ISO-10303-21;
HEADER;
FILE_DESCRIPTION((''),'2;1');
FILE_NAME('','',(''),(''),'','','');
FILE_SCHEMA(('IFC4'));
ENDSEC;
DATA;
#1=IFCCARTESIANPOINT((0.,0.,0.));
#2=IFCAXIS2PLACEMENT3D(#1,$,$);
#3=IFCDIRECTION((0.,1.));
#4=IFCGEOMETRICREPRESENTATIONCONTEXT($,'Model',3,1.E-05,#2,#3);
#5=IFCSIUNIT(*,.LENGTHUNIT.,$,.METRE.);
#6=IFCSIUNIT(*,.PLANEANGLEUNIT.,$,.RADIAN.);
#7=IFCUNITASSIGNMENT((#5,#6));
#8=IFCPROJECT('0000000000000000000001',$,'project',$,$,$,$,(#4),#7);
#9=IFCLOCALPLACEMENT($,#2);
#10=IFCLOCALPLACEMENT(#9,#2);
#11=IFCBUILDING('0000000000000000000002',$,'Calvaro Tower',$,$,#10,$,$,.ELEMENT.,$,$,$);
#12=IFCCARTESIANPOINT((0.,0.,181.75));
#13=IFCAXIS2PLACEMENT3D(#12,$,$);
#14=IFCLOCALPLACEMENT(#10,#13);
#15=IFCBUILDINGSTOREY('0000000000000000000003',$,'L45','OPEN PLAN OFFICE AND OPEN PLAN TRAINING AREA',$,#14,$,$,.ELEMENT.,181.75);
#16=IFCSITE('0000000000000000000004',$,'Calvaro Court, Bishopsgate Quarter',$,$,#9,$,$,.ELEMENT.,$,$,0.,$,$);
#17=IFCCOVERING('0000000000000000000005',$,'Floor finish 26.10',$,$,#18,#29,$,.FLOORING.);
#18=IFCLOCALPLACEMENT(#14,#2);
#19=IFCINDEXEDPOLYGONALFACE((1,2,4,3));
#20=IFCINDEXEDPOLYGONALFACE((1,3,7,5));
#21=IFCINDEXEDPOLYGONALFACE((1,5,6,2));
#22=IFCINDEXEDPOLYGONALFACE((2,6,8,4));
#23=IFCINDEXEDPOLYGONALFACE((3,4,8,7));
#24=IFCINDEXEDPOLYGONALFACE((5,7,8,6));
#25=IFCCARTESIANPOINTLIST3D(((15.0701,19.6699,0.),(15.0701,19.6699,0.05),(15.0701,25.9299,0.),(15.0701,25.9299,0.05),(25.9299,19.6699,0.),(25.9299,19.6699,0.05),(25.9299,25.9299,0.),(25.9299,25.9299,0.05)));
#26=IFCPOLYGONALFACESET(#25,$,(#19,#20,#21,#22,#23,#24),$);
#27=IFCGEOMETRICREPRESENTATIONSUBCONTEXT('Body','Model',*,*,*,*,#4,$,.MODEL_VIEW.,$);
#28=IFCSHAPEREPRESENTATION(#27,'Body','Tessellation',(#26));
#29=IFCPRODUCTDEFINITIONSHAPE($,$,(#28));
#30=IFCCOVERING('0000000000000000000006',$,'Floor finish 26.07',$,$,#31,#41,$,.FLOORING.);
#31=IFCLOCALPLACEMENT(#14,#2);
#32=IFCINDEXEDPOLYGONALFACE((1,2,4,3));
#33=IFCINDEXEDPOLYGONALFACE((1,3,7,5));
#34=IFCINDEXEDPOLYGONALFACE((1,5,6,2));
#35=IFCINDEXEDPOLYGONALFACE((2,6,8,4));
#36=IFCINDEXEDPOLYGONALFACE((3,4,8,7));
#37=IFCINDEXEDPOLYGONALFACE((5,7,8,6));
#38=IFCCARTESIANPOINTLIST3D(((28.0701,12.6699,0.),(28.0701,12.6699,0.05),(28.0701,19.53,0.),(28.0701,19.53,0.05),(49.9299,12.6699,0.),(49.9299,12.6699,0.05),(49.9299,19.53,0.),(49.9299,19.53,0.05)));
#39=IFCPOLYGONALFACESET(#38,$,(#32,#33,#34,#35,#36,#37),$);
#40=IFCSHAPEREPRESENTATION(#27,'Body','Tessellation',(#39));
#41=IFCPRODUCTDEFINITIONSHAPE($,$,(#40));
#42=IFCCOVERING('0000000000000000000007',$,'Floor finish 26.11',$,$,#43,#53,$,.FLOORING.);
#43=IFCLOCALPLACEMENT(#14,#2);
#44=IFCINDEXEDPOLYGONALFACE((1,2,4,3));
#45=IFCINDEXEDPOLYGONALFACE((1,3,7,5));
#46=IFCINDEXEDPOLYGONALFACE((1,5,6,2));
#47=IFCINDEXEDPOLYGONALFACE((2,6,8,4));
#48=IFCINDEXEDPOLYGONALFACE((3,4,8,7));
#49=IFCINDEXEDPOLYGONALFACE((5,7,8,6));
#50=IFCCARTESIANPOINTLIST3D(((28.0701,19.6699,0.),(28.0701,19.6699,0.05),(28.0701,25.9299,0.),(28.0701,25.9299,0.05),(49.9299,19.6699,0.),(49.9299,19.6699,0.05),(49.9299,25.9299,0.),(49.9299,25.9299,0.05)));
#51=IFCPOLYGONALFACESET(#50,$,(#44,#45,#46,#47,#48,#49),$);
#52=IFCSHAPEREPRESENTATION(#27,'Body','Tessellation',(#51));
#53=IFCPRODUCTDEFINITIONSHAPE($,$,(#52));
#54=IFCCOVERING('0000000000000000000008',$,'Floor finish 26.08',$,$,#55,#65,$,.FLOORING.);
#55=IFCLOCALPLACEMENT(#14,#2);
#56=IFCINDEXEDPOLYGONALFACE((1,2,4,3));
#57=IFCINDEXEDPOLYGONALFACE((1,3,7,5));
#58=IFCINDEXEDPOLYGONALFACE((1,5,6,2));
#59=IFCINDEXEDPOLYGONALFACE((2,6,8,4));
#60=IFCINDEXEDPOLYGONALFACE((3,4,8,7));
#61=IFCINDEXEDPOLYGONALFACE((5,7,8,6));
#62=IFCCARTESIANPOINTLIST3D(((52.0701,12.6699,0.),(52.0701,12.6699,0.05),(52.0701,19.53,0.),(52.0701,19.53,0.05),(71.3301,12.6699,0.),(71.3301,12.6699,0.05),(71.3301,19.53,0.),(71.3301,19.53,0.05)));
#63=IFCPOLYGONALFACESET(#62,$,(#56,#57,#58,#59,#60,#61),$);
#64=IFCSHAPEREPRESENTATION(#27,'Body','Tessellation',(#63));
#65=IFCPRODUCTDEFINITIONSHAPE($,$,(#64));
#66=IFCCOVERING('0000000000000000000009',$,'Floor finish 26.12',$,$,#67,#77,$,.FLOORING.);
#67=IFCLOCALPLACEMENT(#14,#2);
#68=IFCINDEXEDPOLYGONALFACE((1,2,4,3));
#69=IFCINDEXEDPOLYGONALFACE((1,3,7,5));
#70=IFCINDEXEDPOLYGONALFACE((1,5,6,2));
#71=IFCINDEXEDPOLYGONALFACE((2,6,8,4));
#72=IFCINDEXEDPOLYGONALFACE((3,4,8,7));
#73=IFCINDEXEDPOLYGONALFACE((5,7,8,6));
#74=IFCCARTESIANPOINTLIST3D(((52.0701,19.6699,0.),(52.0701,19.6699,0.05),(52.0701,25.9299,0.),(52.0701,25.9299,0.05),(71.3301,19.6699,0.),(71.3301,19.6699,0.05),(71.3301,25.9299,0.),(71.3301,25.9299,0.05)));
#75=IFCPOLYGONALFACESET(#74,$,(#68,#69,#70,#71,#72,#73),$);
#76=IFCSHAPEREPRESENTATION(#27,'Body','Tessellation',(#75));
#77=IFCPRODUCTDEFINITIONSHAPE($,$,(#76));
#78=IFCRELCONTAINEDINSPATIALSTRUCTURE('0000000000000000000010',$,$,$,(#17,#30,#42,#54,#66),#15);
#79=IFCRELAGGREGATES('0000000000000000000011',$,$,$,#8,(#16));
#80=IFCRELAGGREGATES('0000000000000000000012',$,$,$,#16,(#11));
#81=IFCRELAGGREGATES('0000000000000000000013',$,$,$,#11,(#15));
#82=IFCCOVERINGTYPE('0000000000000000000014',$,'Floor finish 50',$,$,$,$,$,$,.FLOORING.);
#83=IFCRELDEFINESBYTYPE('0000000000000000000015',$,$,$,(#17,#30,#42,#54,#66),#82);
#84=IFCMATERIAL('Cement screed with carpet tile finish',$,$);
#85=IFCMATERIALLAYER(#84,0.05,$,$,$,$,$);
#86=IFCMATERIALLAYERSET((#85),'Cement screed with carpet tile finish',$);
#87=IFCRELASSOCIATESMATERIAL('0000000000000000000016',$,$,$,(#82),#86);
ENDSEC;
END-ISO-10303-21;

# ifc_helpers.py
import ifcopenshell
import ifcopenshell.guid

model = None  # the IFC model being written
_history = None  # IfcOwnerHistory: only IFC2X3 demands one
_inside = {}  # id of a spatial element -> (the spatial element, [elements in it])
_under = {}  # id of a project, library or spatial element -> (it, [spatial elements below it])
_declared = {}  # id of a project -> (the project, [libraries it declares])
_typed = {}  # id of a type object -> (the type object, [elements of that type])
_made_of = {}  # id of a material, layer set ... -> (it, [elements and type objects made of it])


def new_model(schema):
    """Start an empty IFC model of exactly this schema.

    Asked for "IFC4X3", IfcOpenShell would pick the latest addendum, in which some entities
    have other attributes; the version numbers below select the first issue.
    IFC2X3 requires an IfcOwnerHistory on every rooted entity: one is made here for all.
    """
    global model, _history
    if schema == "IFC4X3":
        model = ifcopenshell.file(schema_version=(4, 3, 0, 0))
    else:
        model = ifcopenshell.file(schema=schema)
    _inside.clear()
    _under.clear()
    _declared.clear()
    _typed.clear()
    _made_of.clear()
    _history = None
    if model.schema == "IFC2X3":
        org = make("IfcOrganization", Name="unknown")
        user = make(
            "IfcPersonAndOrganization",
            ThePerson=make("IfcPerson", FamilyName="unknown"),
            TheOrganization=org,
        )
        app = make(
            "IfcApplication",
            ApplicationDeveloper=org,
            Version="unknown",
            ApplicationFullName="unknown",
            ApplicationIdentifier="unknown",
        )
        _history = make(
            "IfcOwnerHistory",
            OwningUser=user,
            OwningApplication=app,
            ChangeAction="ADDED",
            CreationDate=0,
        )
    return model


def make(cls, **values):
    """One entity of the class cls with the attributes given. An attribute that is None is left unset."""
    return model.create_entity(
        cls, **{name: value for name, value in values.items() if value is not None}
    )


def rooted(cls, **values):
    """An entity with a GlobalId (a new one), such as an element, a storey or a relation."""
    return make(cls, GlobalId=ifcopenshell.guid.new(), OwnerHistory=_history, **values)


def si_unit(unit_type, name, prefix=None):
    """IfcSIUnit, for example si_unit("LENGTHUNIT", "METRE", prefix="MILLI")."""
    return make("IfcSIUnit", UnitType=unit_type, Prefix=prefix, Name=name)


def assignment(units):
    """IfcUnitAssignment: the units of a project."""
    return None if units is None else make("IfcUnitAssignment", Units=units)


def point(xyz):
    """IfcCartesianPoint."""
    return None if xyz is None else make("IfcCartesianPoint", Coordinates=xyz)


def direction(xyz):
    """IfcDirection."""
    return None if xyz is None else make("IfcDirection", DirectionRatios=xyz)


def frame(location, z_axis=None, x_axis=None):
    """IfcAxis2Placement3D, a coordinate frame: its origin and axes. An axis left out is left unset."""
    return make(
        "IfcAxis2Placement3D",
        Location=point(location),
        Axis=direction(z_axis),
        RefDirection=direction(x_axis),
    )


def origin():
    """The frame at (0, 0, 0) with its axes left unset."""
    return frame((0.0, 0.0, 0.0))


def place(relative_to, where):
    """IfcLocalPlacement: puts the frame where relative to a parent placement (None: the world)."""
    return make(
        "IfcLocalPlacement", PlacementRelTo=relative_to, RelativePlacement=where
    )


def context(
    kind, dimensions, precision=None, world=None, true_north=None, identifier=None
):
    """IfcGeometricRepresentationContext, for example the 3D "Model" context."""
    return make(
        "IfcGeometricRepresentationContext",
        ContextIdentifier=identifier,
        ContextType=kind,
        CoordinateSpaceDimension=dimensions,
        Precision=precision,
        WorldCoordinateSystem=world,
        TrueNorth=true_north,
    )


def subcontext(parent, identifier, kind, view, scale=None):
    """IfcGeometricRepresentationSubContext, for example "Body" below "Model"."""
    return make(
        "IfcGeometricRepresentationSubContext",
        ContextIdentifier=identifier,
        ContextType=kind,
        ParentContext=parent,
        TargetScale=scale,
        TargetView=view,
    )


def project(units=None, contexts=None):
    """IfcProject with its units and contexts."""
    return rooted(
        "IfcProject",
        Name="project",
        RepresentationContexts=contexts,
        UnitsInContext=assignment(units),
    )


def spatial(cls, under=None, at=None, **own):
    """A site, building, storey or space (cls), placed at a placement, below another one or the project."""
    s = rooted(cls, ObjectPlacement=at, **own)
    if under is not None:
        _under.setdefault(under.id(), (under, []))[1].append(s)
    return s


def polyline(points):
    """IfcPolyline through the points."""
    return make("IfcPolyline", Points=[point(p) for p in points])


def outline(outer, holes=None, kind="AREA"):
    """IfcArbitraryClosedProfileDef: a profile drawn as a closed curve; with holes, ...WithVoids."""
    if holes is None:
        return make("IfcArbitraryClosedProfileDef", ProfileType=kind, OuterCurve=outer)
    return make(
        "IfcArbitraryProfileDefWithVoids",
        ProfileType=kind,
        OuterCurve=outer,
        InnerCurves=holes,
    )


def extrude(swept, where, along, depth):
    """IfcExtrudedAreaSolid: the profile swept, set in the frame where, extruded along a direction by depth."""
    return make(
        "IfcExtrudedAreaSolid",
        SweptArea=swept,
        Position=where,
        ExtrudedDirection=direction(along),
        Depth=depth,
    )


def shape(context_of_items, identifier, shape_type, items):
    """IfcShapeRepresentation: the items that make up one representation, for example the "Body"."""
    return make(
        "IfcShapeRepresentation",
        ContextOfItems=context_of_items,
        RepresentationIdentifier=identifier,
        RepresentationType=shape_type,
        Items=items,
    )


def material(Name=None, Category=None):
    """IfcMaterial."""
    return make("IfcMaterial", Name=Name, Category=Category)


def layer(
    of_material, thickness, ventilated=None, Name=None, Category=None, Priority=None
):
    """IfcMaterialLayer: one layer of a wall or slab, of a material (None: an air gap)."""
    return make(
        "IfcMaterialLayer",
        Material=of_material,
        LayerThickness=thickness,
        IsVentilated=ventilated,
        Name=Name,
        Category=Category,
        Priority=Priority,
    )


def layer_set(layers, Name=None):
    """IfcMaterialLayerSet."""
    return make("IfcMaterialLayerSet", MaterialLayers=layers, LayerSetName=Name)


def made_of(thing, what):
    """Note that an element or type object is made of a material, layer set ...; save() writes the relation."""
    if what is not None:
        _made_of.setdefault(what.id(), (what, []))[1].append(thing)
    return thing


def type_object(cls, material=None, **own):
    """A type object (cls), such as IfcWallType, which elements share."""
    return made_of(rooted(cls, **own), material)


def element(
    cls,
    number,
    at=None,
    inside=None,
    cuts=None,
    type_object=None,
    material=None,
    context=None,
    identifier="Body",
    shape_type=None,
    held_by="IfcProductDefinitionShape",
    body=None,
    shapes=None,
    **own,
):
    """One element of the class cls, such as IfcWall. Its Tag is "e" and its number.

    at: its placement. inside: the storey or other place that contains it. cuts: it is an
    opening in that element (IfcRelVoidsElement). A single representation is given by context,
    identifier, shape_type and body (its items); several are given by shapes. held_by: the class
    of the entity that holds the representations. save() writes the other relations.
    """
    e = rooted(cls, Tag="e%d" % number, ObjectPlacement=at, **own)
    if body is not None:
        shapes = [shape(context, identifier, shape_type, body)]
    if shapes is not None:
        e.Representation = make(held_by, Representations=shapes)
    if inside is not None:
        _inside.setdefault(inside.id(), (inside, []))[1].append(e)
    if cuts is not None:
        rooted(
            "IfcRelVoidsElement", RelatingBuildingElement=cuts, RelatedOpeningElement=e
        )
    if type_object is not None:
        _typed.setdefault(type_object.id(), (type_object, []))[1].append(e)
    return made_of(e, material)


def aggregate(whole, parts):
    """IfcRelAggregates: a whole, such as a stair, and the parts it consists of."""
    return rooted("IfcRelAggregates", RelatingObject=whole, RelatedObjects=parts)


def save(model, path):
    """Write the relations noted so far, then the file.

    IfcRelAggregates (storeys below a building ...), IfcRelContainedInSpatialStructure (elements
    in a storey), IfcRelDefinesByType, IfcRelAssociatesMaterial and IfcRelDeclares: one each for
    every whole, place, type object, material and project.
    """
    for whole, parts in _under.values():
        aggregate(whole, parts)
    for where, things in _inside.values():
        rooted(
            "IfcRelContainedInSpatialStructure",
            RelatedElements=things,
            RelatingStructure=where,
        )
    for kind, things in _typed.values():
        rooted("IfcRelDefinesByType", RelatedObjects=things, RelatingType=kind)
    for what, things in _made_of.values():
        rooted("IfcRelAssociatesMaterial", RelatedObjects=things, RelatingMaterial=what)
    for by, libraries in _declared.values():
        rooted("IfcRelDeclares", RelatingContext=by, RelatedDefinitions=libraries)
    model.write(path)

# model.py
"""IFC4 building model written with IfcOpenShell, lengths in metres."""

from ifc_helpers import new_model, si_unit, direction, frame, origin, place, context, subcontext, project, spatial, polyline, outline, extrude, material, layer, layer_set, type_object, element, save


model = new_model("IFC4")

# Units and contexts
model_context = context("Model", 3, precision=1e-05, world=origin(), true_north=direction((0.0, 1.0)))
body_context = subcontext(model_context, "Body", "Model", "MODEL_VIEW")
ifc_project = project(units=[si_unit("LENGTHUNIT", "METRE"), si_unit("PLANEANGLEUNIT", "RADIAN")], contexts=[model_context])

# Site, building, storey
site_placement = place(None, origin())
site = spatial("IfcSite", under=ifc_project, at=site_placement, Name="Calvaro Court, Bishopsgate Quarter", CompositionType="ELEMENT", RefElevation=0.0)
building_placement = place(site_placement, origin())
building = spatial("IfcBuilding", under=site, at=building_placement, Name="Calvaro Tower", CompositionType="ELEMENT")
storey_placement = place(building_placement, frame((0.0, 0.0, 181.75)))
storey = spatial("IfcBuildingStorey", under=building, at=storey_placement, Name="L45", Description="OPEN PLAN OFFICE AND OPEN PLAN TRAINING AREA", CompositionType="ELEMENT", Elevation=181.75)

# Coverings
ifc_material_1 = material(Name="Cement screed with carpet tile finish")
ifc_layer_1 = layer(ifc_material_1, 0.05)
ifc_layer_set_1 = layer_set([ifc_layer_1], Name="Cement screed with carpet tile finish")
covering_type = type_object("IfcCoveringType", Name="Floor finish 50", PredefinedType="FLOORING", material=ifc_layer_set_1)
covering_1_placement = place(storey_placement, origin())
element("IfcCovering", 1, at=covering_1_placement, inside=storey, type_object=covering_type, Name="Floor finish 26.10", PredefinedType="FLOORING", context=body_context, shape_type="SweptSolid", body=[
    extrude(outline(polyline([(15.0701, 19.6699), (15.0701, 25.9299), (25.9299, 25.9299), (25.9299, 19.6699), (15.0701, 19.6699)])), origin(), (0.0, 0.0, 1.0), 0.05),
])
covering_2_placement = place(storey_placement, origin())
element("IfcCovering", 2, at=covering_2_placement, inside=storey, type_object=covering_type, Name="Floor finish 26.07", PredefinedType="FLOORING", context=body_context, shape_type="SweptSolid", body=[
    extrude(outline(polyline([(28.0701, 12.6699), (28.0701, 19.53), (49.9299, 19.53), (49.9299, 12.6699), (28.0701, 12.6699)])), origin(), (0.0, 0.0, 1.0), 0.05),
])
covering_3_placement = place(storey_placement, origin())
element("IfcCovering", 3, at=covering_3_placement, inside=storey, type_object=covering_type, Name="Floor finish 26.11", PredefinedType="FLOORING", context=body_context, shape_type="SweptSolid", body=[
    extrude(outline(polyline([(28.0701, 19.6699), (28.0701, 25.9299), (49.9299, 25.9299), (49.9299, 19.6699), (28.0701, 19.6699)])), origin(), (0.0, 0.0, 1.0), 0.05),
])
covering_4_placement = place(storey_placement, origin())
element("IfcCovering", 4, at=covering_4_placement, inside=storey, type_object=covering_type, Name="Floor finish 26.08", PredefinedType="FLOORING", context=body_context, shape_type="SweptSolid", body=[
    extrude(outline(polyline([(71.3301, 12.6699), (52.0701, 12.6699), (52.0701, 19.53), (71.3301, 19.53), (71.3301, 12.6699)])), origin(), (0.0, 0.0, 1.0), 0.05),
])
covering_5_placement = place(storey_placement, origin())
element("IfcCovering", 5, at=covering_5_placement, inside=storey, type_object=covering_type, Name="Floor finish 26.12", PredefinedType="FLOORING", context=body_context, shape_type="SweptSolid", body=[
    extrude(outline(polyline([(71.3301, 19.6699), (52.0701, 19.6699), (52.0701, 25.9299), (71.3301, 25.9299), (71.3301, 19.6699)])), origin(), (0.0, 0.0, 1.0), 0.05),
])

save(model, "model.ifc")
